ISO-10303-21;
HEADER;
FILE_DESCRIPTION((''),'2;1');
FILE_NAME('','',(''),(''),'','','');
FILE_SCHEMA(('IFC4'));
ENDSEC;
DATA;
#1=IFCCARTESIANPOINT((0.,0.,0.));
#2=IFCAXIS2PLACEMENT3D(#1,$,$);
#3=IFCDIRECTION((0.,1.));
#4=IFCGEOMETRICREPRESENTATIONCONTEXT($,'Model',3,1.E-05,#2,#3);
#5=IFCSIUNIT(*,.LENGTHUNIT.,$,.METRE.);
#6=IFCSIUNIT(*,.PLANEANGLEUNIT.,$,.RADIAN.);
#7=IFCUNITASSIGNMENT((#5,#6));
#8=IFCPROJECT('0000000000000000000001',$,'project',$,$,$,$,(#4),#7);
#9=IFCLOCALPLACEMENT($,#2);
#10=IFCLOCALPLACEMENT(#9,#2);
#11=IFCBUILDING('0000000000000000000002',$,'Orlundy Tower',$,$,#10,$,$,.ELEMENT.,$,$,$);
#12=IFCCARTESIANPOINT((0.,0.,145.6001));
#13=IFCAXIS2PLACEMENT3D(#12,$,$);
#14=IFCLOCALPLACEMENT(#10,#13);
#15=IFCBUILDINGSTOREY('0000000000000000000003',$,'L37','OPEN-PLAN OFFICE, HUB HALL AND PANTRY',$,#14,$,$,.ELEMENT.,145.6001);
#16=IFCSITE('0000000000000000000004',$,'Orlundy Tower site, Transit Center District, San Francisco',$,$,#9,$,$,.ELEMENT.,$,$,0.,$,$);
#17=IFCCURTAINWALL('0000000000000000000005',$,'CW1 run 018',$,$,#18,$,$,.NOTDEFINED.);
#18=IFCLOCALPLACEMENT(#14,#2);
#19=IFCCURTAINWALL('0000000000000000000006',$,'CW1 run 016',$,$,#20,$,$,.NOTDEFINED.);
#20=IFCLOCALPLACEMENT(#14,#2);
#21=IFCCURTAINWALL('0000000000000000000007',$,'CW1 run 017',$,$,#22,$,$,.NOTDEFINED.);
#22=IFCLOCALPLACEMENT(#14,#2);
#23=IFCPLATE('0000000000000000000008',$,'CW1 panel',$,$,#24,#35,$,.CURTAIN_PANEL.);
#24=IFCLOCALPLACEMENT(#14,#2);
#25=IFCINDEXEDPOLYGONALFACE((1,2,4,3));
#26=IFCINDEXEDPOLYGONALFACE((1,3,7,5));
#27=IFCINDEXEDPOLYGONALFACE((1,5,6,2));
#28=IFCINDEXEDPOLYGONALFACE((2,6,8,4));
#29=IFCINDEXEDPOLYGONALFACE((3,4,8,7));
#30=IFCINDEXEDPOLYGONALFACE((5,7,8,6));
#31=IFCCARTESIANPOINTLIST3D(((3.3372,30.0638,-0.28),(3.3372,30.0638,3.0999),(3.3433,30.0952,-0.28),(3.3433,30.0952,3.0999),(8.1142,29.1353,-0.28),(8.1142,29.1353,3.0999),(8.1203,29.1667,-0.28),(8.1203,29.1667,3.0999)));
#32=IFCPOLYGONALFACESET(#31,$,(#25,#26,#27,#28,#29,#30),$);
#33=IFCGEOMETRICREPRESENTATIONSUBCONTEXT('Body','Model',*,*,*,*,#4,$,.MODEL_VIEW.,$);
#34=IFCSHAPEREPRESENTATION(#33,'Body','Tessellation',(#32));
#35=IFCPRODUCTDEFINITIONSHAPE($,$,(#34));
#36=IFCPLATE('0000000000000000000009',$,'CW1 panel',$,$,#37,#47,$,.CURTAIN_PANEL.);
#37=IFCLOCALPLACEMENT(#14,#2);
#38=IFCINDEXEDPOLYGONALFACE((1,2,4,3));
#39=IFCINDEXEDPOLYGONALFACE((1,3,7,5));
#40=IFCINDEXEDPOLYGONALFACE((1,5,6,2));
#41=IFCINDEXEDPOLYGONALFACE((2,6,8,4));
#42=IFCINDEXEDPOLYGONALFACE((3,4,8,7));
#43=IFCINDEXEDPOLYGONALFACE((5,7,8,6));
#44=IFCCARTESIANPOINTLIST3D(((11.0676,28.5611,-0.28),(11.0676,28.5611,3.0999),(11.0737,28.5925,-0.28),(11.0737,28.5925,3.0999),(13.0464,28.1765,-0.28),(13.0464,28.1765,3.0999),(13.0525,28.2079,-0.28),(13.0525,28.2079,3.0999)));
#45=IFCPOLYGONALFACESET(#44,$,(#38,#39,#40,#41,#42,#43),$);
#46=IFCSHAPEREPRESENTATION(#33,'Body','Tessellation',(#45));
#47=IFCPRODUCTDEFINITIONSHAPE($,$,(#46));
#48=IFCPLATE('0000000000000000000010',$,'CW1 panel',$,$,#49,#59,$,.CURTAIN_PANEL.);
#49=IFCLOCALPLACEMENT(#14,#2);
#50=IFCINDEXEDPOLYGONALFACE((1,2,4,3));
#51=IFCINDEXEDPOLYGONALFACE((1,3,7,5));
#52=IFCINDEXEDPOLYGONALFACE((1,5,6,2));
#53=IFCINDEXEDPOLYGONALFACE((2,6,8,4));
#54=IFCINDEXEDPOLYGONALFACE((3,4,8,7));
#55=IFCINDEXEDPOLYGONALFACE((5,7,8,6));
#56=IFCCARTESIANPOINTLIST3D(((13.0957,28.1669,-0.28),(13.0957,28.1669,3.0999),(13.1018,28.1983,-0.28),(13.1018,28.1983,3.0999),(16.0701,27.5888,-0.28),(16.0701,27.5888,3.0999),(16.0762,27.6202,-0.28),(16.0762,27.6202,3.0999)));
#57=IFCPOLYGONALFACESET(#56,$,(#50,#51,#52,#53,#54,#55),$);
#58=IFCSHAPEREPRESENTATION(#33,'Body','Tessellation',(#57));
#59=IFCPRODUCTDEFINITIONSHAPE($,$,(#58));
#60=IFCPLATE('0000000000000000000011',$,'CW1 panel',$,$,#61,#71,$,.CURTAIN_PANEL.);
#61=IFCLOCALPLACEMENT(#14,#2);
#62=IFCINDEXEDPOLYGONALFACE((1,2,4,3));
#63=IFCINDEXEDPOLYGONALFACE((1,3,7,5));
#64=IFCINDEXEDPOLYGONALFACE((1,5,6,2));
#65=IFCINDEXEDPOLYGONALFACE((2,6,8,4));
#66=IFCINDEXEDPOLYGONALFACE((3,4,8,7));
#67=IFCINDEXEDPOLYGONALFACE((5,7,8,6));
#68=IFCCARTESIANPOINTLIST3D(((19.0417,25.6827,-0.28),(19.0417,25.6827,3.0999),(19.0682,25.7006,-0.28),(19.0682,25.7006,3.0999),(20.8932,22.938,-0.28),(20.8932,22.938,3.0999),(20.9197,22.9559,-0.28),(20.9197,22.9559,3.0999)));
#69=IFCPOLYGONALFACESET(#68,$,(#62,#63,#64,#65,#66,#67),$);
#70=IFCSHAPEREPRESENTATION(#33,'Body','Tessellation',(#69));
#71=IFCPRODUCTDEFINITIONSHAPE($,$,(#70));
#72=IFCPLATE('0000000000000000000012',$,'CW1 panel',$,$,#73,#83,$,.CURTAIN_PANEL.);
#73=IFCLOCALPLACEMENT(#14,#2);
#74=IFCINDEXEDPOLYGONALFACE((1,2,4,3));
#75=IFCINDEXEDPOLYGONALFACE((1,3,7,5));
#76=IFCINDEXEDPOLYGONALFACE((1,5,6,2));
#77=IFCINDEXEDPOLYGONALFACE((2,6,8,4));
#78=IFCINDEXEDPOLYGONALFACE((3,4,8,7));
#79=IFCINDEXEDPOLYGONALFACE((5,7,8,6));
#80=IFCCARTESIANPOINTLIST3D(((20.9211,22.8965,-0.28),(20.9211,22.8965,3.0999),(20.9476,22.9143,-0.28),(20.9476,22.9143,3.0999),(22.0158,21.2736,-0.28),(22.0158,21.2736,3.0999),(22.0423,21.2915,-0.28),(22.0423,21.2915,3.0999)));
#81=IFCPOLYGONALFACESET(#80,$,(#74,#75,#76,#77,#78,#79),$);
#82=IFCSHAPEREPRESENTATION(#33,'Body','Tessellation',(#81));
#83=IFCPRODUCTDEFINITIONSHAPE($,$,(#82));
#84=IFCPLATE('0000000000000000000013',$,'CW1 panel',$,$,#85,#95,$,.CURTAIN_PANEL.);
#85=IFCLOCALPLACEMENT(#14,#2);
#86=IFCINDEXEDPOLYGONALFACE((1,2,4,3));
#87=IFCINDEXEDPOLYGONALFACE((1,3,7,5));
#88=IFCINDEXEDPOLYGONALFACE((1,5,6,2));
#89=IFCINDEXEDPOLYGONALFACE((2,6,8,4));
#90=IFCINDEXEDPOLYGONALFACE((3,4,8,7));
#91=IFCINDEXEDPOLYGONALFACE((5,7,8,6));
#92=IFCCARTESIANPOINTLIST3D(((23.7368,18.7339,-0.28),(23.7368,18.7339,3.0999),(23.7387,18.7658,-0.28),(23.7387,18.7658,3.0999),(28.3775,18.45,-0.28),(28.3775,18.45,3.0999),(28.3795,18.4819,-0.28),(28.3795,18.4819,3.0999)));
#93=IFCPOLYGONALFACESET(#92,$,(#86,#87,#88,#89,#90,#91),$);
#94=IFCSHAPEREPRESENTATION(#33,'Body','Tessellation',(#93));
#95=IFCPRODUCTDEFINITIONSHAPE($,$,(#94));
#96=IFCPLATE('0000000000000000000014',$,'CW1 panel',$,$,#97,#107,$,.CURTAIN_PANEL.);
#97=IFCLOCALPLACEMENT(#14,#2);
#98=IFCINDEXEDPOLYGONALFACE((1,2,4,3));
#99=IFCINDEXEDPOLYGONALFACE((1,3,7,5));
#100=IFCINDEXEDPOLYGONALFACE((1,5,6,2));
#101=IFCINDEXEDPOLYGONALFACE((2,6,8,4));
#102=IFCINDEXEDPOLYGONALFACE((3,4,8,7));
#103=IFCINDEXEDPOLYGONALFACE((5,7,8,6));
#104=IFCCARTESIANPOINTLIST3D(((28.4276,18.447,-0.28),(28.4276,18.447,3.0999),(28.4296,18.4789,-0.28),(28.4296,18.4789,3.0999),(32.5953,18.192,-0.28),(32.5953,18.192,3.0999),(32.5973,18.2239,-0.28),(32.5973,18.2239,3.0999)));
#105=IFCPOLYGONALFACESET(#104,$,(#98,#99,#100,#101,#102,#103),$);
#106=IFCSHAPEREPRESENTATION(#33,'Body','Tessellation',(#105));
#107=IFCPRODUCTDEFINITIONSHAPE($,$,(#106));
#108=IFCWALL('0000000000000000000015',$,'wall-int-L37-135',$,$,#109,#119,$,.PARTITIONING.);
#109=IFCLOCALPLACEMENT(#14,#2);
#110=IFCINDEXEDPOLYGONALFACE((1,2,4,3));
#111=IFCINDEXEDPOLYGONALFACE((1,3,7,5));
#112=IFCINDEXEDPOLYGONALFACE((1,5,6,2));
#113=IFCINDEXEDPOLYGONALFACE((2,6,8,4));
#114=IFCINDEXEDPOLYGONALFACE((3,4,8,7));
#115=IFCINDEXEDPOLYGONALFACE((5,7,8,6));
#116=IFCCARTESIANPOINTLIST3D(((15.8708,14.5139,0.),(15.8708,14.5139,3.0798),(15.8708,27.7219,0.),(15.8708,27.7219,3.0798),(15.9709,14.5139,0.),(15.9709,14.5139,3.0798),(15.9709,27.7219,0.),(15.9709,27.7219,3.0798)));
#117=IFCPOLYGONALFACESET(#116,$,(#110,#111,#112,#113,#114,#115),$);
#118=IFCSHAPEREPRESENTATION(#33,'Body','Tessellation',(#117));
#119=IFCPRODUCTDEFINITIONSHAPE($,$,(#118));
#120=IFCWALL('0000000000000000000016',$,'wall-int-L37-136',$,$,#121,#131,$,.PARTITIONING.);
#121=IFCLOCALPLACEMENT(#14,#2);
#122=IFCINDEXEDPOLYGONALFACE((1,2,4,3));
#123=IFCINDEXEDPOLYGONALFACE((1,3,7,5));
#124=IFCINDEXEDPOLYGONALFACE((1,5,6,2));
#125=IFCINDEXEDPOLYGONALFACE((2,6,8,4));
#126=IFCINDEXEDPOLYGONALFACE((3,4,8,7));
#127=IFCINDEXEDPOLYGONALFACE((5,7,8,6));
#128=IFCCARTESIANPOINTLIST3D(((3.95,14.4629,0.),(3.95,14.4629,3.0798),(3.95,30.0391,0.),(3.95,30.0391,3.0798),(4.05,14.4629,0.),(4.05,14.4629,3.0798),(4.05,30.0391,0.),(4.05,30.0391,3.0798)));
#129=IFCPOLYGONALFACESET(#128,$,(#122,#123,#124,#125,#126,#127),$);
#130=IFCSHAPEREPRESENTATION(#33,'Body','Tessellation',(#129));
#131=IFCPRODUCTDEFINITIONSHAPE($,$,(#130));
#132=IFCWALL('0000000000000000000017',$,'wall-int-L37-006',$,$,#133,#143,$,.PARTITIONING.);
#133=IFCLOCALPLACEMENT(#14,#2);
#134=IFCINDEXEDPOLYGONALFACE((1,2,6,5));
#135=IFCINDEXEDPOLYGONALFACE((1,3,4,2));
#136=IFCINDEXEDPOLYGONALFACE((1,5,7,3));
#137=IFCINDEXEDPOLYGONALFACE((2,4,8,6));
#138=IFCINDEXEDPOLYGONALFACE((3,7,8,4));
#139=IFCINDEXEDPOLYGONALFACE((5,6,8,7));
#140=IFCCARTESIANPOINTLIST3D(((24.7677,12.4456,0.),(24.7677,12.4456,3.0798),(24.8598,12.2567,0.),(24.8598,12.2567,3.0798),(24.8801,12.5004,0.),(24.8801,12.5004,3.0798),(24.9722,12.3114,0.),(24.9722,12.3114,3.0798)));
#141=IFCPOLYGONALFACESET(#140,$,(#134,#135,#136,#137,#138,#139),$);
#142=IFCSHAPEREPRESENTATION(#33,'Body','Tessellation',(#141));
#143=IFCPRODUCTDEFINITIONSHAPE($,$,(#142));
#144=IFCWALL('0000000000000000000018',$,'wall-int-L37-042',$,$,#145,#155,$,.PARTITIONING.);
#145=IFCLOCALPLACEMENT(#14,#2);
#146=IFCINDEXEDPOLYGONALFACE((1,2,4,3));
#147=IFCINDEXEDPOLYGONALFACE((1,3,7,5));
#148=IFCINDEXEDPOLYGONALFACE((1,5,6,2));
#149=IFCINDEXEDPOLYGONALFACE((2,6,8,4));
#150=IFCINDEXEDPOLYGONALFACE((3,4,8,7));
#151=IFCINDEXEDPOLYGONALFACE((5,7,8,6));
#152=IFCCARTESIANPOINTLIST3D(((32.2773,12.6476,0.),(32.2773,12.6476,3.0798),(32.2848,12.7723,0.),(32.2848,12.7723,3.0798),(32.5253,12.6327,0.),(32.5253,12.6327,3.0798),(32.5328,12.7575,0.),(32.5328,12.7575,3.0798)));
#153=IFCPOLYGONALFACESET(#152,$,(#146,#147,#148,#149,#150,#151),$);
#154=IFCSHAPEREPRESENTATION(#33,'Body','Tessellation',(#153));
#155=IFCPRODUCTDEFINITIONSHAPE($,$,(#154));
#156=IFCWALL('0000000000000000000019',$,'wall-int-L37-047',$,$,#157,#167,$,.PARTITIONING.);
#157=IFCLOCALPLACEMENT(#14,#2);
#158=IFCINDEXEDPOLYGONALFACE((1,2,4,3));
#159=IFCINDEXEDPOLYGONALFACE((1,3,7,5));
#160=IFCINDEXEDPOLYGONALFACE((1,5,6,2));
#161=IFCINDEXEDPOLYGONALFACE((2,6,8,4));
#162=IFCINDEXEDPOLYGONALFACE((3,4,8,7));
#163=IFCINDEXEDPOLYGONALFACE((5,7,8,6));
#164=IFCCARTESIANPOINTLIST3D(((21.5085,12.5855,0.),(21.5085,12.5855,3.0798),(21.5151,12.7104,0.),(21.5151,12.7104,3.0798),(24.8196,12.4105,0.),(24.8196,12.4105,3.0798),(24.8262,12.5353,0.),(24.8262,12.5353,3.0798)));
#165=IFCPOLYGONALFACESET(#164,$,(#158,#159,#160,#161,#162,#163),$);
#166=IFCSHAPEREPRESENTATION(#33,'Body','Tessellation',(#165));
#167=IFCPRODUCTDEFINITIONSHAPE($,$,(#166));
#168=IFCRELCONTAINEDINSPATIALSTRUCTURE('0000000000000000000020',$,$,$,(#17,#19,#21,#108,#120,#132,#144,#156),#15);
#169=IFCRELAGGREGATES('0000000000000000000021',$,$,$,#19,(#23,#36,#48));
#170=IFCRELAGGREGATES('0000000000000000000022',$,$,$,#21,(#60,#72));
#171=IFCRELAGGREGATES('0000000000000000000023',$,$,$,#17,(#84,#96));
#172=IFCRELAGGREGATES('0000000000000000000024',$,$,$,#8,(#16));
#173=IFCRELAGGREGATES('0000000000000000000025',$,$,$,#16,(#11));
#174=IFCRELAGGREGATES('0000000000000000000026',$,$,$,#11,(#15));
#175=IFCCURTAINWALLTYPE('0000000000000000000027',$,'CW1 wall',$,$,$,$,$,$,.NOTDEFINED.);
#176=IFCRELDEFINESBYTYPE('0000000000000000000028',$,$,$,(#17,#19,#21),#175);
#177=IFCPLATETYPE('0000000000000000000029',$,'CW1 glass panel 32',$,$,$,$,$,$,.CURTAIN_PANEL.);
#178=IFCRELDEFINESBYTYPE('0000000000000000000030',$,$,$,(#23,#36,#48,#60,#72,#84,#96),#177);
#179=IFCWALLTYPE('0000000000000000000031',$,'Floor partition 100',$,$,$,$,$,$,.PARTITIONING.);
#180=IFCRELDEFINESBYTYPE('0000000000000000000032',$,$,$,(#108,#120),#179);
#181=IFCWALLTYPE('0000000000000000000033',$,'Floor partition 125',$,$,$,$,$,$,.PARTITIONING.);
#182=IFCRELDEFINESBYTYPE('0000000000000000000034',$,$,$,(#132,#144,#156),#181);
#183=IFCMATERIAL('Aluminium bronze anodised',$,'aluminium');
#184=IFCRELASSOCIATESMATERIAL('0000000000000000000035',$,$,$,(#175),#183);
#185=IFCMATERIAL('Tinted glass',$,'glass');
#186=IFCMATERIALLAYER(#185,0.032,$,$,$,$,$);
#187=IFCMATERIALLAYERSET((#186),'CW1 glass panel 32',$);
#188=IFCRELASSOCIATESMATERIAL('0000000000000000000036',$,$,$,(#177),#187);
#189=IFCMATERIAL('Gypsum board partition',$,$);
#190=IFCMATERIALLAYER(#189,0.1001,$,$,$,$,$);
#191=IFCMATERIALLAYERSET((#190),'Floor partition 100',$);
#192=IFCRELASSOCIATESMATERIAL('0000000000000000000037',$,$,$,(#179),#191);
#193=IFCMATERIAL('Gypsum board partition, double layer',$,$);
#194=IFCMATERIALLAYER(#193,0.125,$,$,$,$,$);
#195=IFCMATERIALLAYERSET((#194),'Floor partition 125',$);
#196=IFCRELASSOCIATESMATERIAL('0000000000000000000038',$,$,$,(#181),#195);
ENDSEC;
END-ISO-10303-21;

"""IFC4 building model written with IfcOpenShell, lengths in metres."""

from ifc_helpers import new_model, si_unit, direction, frame, frame_2d, origin, origin_2d, place, context, subcontext, project, spatial, rectangle, extrude, material, layer, layer_set, type_object, element, aggregate, save


model = new_model("IFC4")

# Units and contexts
model_context = context("Model", 3, precision=1e-05, world=origin(), true_north=direction((0.0, 1.0)))
body_context = subcontext(model_context, "Body", "Model", "MODEL_VIEW")
ifc_project = project(units=[si_unit("LENGTHUNIT", "METRE"), si_unit("PLANEANGLEUNIT", "RADIAN")], contexts=[model_context])

# Site, building, storey
site_placement = place(None, origin())
site = spatial("IfcSite", under=ifc_project, at=site_placement, Name="Orlundy Tower site, Transit Center District, San Francisco", CompositionType="ELEMENT", RefElevation=0.0)
building_placement = place(site_placement, origin())
building = spatial("IfcBuilding", under=site, at=building_placement, Name="Orlundy Tower", CompositionType="ELEMENT")
storey_placement = place(building_placement, frame((0.0, 0.0, 145.6001)))
storey = spatial("IfcBuildingStorey", under=building, at=storey_placement, Name="L37", Description="OPEN-PLAN OFFICE, HUB HALL AND PANTRY", CompositionType="ELEMENT", Elevation=145.6001)

# Curtain wall
ifc_material_1 = material(Name="Aluminium bronze anodised", Category="aluminium")
curtain_wall_type = type_object("IfcCurtainWallType", Name="CW1 wall", PredefinedType="NOTDEFINED", material=ifc_material_1)
curtain_wall_1_placement = place(storey_placement, origin())
curtain_wall_1 = element("IfcCurtainWall", 1, at=curtain_wall_1_placement, inside=storey, type_object=curtain_wall_type, Name="CW1 run 018", PredefinedType="NOTDEFINED")

# Curtain wall
curtain_wall_2_placement = place(storey_placement, origin())
curtain_wall_2 = element("IfcCurtainWall", 2, at=curtain_wall_2_placement, inside=storey, type_object=curtain_wall_type, Name="CW1 run 016", PredefinedType="NOTDEFINED")

# Curtain wall
curtain_wall_3_placement = place(storey_placement, origin())
curtain_wall_3 = element("IfcCurtainWall", 3, at=curtain_wall_3_placement, inside=storey, type_object=curtain_wall_type, Name="CW1 run 017", PredefinedType="NOTDEFINED")

# Plates
ifc_material_2 = material(Name="Tinted glass", Category="glass")
ifc_layer_1 = layer(ifc_material_2, 0.032)
ifc_layer_set_1 = layer_set([ifc_layer_1], Name="CW1 glass panel 32")
plate_type = type_object("IfcPlateType", Name="CW1 glass panel 32", PredefinedType="CURTAIN_PANEL", material=ifc_layer_set_1)
plate_1_placement = place(storey_placement, frame((5.7288, 29.6152, -0.28), z_axis=(0.0, 0.0, 1.0), x_axis=(0.981628, -0.190805, 0.0)))
plate_1 = element("IfcPlate", 4, at=plate_1_placement, type_object=plate_type, Name="CW1 panel", PredefinedType="CURTAIN_PANEL", context=body_context, shape_type="SweptSolid", body=[
    extrude(rectangle(XDim=4.8665, YDim=0.032, at=origin_2d()), origin(), (0.0, 0.0, 1.0), 3.3799),
])
plate_2_placement = place(storey_placement, frame((12.0601, 28.3845, -0.28), z_axis=(0.0, 0.0, 1.0), x_axis=(0.981628, -0.190805, 0.0)))
plate_2 = element("IfcPlate", 5, at=plate_2_placement, type_object=plate_type, Name="CW1 panel", PredefinedType="CURTAIN_PANEL", context=body_context, shape_type="SweptSolid", body=[
    extrude(rectangle(XDim=2.0159, YDim=0.032, at=origin_2d()), origin(), (0.0, 0.0, 1.0), 3.3799),
])
plate_3_placement = place(storey_placement, frame((14.5859, 27.8936, -0.28), z_axis=(0.0, 0.0, 1.0), x_axis=(0.981628, -0.190805, 0.0)))
plate_3 = element("IfcPlate", 6, at=plate_3_placement, type_object=plate_type, Name="CW1 panel", PredefinedType="CURTAIN_PANEL", context=body_context, shape_type="SweptSolid", body=[
    extrude(rectangle(XDim=3.03, YDim=0.032, at=origin_2d()), origin(), (0.0, 0.0, 1.0), 3.3799),
])
aggregate(curtain_wall_2, [plate_1, plate_2, plate_3])
plate_4_placement = place(storey_placement, frame((19.9807, 24.3193, -0.28), z_axis=(0.0, 0.0, 1.0), x_axis=(0.559223, -0.829017, 0.0)))
plate_4 = element("IfcPlate", 7, at=plate_4_placement, type_object=plate_type, Name="CW1 panel", PredefinedType="CURTAIN_PANEL", context=body_context, shape_type="SweptSolid", body=[
    extrude(rectangle(XDim=3.3108, YDim=0.032, at=origin_2d()), origin(), (0.0, 0.0, 1.0), 3.3799),
])
plate_5_placement = place(storey_placement, frame((21.4817, 22.094, -0.28), z_axis=(0.0, 0.0, 1.0), x_axis=(0.559223, -0.829017, 0.0)))
plate_5 = element("IfcPlate", 8, at=plate_5_placement, type_object=plate_type, Name="CW1 panel", PredefinedType="CURTAIN_PANEL", context=body_context, shape_type="SweptSolid", body=[
    extrude(rectangle(XDim=1.9575, YDim=0.032, at=origin_2d()), origin(), (0.0, 0.0, 1.0), 3.3799),
])
aggregate(curtain_wall_3, [plate_4, plate_5])
plate_6_placement = place(storey_placement, frame((26.0581, 18.6079, -0.28), z_axis=(0.0, 0.0, 1.0), x_axis=(0.998134, -0.061054, 0.0)))
plate_6 = element("IfcPlate", 9, at=plate_6_placement, type_object=plate_type, Name="CW1 panel", PredefinedType="CURTAIN_PANEL", context=body_context, shape_type="SweptSolid", body=[
    extrude(rectangle(XDim=4.6494, YDim=0.032, at=origin_2d()), origin(), (0.0, 0.0, 1.0), 3.3799),
])
plate_7_placement = place(storey_placement, frame((30.5125, 18.3354, -0.28), z_axis=(0.0, 0.0, 1.0), x_axis=(0.998134, -0.061054, 0.0)))
plate_7 = element("IfcPlate", 10, at=plate_7_placement, type_object=plate_type, Name="CW1 panel", PredefinedType="CURTAIN_PANEL", context=body_context, shape_type="SweptSolid", body=[
    extrude(rectangle(XDim=4.1755, YDim=0.032, at=origin_2d()), origin(), (0.0, 0.0, 1.0), 3.3799),
])
aggregate(curtain_wall_1, [plate_6, plate_7])

# Walls
ifc_material_3 = material(Name="Gypsum board partition")
ifc_layer_2 = layer(ifc_material_3, 0.1001)
ifc_layer_set_2 = layer_set([ifc_layer_2], Name="Floor partition 100")
wall_type_1 = type_object("IfcWallType", Name="Floor partition 100", PredefinedType="PARTITIONING", material=ifc_layer_set_2)
wall_1_placement = place(storey_placement, frame((15.9209, 14.5139, 0.0), z_axis=(0.0, 0.0, 1.0), x_axis=(0.0, 1.0, 0.0)))
element("IfcWall", 11, at=wall_1_placement, inside=storey, type_object=wall_type_1, Name="wall-int-L37-135", PredefinedType="PARTITIONING", context=body_context, shape_type="SweptSolid", body=[
    extrude(rectangle(XDim=13.208, YDim=0.1001, at=frame_2d((6.604, 0.0))), origin(), (0.0, 0.0, 1.0), 3.0798),
])
wall_2_placement = place(storey_placement, frame((4.0, 14.4629, 0.0), z_axis=(0.0, 0.0, 1.0), x_axis=(0.0, 1.0, 0.0)))
element("IfcWall", 12, at=wall_2_placement, inside=storey, type_object=wall_type_1, Name="wall-int-L37-136", PredefinedType="PARTITIONING", context=body_context, shape_type="SweptSolid", body=[
    extrude(rectangle(XDim=15.5762, YDim=0.1001, at=frame_2d((7.7881, 0.0))), origin(), (0.0, 0.0, 1.0), 3.0798),
])
ifc_material_4 = material(Name="Gypsum board partition, double layer")
ifc_layer_3 = layer(ifc_material_4, 0.125)
ifc_layer_set_3 = layer_set([ifc_layer_3], Name="Floor partition 125")
wall_type_2 = type_object("IfcWallType", Name="Floor partition 125", PredefinedType="PARTITIONING", material=ifc_layer_set_3)
wall_3_placement = place(storey_placement, frame((24.824, 12.4729, 0.0), z_axis=(0.0, 0.0, 1.0), x_axis=(0.437897, -0.899025, 0.0)))
element("IfcWall", 13, at=wall_3_placement, inside=storey, type_object=wall_type_2, Name="wall-int-L37-006", PredefinedType="PARTITIONING", context=body_context, shape_type="SweptSolid", body=[
    extrude(rectangle(XDim=0.2102, YDim=0.125, at=frame_2d((0.105, 0.0))), origin(), (0.0, 0.0, 1.0), 3.0798),
])
wall_4_placement = place(storey_placement, frame((32.281, 12.71, 0.0), z_axis=(0.0, 0.0, 1.0), x_axis=(0.998202, -0.059931, 0.0)))
element("IfcWall", 14, at=wall_4_placement, inside=storey, type_object=wall_type_2, Name="wall-int-L37-042", PredefinedType="PARTITIONING", context=body_context, shape_type="SweptSolid", body=[
    extrude(rectangle(XDim=0.2485, YDim=0.125, at=frame_2d((0.1243, 0.0))), origin(), (0.0, 0.0, 1.0), 3.0798),
])
wall_5_placement = place(storey_placement, frame((21.512, 12.6479, 0.0), z_axis=(0.0, 0.0, 1.0), x_axis=(0.998605, -0.052795, 0.0)))
element("IfcWall", 15, at=wall_5_placement, inside=storey, type_object=wall_type_2, Name="wall-int-L37-047", PredefinedType="PARTITIONING", context=body_context, shape_type="SweptSolid", body=[
    extrude(rectangle(XDim=3.3157, YDim=0.125, at=frame_2d((1.6577, 0.0))), origin(), (0.0, 0.0, 1.0), 3.0798),
])

save(model, "model.ifc")
